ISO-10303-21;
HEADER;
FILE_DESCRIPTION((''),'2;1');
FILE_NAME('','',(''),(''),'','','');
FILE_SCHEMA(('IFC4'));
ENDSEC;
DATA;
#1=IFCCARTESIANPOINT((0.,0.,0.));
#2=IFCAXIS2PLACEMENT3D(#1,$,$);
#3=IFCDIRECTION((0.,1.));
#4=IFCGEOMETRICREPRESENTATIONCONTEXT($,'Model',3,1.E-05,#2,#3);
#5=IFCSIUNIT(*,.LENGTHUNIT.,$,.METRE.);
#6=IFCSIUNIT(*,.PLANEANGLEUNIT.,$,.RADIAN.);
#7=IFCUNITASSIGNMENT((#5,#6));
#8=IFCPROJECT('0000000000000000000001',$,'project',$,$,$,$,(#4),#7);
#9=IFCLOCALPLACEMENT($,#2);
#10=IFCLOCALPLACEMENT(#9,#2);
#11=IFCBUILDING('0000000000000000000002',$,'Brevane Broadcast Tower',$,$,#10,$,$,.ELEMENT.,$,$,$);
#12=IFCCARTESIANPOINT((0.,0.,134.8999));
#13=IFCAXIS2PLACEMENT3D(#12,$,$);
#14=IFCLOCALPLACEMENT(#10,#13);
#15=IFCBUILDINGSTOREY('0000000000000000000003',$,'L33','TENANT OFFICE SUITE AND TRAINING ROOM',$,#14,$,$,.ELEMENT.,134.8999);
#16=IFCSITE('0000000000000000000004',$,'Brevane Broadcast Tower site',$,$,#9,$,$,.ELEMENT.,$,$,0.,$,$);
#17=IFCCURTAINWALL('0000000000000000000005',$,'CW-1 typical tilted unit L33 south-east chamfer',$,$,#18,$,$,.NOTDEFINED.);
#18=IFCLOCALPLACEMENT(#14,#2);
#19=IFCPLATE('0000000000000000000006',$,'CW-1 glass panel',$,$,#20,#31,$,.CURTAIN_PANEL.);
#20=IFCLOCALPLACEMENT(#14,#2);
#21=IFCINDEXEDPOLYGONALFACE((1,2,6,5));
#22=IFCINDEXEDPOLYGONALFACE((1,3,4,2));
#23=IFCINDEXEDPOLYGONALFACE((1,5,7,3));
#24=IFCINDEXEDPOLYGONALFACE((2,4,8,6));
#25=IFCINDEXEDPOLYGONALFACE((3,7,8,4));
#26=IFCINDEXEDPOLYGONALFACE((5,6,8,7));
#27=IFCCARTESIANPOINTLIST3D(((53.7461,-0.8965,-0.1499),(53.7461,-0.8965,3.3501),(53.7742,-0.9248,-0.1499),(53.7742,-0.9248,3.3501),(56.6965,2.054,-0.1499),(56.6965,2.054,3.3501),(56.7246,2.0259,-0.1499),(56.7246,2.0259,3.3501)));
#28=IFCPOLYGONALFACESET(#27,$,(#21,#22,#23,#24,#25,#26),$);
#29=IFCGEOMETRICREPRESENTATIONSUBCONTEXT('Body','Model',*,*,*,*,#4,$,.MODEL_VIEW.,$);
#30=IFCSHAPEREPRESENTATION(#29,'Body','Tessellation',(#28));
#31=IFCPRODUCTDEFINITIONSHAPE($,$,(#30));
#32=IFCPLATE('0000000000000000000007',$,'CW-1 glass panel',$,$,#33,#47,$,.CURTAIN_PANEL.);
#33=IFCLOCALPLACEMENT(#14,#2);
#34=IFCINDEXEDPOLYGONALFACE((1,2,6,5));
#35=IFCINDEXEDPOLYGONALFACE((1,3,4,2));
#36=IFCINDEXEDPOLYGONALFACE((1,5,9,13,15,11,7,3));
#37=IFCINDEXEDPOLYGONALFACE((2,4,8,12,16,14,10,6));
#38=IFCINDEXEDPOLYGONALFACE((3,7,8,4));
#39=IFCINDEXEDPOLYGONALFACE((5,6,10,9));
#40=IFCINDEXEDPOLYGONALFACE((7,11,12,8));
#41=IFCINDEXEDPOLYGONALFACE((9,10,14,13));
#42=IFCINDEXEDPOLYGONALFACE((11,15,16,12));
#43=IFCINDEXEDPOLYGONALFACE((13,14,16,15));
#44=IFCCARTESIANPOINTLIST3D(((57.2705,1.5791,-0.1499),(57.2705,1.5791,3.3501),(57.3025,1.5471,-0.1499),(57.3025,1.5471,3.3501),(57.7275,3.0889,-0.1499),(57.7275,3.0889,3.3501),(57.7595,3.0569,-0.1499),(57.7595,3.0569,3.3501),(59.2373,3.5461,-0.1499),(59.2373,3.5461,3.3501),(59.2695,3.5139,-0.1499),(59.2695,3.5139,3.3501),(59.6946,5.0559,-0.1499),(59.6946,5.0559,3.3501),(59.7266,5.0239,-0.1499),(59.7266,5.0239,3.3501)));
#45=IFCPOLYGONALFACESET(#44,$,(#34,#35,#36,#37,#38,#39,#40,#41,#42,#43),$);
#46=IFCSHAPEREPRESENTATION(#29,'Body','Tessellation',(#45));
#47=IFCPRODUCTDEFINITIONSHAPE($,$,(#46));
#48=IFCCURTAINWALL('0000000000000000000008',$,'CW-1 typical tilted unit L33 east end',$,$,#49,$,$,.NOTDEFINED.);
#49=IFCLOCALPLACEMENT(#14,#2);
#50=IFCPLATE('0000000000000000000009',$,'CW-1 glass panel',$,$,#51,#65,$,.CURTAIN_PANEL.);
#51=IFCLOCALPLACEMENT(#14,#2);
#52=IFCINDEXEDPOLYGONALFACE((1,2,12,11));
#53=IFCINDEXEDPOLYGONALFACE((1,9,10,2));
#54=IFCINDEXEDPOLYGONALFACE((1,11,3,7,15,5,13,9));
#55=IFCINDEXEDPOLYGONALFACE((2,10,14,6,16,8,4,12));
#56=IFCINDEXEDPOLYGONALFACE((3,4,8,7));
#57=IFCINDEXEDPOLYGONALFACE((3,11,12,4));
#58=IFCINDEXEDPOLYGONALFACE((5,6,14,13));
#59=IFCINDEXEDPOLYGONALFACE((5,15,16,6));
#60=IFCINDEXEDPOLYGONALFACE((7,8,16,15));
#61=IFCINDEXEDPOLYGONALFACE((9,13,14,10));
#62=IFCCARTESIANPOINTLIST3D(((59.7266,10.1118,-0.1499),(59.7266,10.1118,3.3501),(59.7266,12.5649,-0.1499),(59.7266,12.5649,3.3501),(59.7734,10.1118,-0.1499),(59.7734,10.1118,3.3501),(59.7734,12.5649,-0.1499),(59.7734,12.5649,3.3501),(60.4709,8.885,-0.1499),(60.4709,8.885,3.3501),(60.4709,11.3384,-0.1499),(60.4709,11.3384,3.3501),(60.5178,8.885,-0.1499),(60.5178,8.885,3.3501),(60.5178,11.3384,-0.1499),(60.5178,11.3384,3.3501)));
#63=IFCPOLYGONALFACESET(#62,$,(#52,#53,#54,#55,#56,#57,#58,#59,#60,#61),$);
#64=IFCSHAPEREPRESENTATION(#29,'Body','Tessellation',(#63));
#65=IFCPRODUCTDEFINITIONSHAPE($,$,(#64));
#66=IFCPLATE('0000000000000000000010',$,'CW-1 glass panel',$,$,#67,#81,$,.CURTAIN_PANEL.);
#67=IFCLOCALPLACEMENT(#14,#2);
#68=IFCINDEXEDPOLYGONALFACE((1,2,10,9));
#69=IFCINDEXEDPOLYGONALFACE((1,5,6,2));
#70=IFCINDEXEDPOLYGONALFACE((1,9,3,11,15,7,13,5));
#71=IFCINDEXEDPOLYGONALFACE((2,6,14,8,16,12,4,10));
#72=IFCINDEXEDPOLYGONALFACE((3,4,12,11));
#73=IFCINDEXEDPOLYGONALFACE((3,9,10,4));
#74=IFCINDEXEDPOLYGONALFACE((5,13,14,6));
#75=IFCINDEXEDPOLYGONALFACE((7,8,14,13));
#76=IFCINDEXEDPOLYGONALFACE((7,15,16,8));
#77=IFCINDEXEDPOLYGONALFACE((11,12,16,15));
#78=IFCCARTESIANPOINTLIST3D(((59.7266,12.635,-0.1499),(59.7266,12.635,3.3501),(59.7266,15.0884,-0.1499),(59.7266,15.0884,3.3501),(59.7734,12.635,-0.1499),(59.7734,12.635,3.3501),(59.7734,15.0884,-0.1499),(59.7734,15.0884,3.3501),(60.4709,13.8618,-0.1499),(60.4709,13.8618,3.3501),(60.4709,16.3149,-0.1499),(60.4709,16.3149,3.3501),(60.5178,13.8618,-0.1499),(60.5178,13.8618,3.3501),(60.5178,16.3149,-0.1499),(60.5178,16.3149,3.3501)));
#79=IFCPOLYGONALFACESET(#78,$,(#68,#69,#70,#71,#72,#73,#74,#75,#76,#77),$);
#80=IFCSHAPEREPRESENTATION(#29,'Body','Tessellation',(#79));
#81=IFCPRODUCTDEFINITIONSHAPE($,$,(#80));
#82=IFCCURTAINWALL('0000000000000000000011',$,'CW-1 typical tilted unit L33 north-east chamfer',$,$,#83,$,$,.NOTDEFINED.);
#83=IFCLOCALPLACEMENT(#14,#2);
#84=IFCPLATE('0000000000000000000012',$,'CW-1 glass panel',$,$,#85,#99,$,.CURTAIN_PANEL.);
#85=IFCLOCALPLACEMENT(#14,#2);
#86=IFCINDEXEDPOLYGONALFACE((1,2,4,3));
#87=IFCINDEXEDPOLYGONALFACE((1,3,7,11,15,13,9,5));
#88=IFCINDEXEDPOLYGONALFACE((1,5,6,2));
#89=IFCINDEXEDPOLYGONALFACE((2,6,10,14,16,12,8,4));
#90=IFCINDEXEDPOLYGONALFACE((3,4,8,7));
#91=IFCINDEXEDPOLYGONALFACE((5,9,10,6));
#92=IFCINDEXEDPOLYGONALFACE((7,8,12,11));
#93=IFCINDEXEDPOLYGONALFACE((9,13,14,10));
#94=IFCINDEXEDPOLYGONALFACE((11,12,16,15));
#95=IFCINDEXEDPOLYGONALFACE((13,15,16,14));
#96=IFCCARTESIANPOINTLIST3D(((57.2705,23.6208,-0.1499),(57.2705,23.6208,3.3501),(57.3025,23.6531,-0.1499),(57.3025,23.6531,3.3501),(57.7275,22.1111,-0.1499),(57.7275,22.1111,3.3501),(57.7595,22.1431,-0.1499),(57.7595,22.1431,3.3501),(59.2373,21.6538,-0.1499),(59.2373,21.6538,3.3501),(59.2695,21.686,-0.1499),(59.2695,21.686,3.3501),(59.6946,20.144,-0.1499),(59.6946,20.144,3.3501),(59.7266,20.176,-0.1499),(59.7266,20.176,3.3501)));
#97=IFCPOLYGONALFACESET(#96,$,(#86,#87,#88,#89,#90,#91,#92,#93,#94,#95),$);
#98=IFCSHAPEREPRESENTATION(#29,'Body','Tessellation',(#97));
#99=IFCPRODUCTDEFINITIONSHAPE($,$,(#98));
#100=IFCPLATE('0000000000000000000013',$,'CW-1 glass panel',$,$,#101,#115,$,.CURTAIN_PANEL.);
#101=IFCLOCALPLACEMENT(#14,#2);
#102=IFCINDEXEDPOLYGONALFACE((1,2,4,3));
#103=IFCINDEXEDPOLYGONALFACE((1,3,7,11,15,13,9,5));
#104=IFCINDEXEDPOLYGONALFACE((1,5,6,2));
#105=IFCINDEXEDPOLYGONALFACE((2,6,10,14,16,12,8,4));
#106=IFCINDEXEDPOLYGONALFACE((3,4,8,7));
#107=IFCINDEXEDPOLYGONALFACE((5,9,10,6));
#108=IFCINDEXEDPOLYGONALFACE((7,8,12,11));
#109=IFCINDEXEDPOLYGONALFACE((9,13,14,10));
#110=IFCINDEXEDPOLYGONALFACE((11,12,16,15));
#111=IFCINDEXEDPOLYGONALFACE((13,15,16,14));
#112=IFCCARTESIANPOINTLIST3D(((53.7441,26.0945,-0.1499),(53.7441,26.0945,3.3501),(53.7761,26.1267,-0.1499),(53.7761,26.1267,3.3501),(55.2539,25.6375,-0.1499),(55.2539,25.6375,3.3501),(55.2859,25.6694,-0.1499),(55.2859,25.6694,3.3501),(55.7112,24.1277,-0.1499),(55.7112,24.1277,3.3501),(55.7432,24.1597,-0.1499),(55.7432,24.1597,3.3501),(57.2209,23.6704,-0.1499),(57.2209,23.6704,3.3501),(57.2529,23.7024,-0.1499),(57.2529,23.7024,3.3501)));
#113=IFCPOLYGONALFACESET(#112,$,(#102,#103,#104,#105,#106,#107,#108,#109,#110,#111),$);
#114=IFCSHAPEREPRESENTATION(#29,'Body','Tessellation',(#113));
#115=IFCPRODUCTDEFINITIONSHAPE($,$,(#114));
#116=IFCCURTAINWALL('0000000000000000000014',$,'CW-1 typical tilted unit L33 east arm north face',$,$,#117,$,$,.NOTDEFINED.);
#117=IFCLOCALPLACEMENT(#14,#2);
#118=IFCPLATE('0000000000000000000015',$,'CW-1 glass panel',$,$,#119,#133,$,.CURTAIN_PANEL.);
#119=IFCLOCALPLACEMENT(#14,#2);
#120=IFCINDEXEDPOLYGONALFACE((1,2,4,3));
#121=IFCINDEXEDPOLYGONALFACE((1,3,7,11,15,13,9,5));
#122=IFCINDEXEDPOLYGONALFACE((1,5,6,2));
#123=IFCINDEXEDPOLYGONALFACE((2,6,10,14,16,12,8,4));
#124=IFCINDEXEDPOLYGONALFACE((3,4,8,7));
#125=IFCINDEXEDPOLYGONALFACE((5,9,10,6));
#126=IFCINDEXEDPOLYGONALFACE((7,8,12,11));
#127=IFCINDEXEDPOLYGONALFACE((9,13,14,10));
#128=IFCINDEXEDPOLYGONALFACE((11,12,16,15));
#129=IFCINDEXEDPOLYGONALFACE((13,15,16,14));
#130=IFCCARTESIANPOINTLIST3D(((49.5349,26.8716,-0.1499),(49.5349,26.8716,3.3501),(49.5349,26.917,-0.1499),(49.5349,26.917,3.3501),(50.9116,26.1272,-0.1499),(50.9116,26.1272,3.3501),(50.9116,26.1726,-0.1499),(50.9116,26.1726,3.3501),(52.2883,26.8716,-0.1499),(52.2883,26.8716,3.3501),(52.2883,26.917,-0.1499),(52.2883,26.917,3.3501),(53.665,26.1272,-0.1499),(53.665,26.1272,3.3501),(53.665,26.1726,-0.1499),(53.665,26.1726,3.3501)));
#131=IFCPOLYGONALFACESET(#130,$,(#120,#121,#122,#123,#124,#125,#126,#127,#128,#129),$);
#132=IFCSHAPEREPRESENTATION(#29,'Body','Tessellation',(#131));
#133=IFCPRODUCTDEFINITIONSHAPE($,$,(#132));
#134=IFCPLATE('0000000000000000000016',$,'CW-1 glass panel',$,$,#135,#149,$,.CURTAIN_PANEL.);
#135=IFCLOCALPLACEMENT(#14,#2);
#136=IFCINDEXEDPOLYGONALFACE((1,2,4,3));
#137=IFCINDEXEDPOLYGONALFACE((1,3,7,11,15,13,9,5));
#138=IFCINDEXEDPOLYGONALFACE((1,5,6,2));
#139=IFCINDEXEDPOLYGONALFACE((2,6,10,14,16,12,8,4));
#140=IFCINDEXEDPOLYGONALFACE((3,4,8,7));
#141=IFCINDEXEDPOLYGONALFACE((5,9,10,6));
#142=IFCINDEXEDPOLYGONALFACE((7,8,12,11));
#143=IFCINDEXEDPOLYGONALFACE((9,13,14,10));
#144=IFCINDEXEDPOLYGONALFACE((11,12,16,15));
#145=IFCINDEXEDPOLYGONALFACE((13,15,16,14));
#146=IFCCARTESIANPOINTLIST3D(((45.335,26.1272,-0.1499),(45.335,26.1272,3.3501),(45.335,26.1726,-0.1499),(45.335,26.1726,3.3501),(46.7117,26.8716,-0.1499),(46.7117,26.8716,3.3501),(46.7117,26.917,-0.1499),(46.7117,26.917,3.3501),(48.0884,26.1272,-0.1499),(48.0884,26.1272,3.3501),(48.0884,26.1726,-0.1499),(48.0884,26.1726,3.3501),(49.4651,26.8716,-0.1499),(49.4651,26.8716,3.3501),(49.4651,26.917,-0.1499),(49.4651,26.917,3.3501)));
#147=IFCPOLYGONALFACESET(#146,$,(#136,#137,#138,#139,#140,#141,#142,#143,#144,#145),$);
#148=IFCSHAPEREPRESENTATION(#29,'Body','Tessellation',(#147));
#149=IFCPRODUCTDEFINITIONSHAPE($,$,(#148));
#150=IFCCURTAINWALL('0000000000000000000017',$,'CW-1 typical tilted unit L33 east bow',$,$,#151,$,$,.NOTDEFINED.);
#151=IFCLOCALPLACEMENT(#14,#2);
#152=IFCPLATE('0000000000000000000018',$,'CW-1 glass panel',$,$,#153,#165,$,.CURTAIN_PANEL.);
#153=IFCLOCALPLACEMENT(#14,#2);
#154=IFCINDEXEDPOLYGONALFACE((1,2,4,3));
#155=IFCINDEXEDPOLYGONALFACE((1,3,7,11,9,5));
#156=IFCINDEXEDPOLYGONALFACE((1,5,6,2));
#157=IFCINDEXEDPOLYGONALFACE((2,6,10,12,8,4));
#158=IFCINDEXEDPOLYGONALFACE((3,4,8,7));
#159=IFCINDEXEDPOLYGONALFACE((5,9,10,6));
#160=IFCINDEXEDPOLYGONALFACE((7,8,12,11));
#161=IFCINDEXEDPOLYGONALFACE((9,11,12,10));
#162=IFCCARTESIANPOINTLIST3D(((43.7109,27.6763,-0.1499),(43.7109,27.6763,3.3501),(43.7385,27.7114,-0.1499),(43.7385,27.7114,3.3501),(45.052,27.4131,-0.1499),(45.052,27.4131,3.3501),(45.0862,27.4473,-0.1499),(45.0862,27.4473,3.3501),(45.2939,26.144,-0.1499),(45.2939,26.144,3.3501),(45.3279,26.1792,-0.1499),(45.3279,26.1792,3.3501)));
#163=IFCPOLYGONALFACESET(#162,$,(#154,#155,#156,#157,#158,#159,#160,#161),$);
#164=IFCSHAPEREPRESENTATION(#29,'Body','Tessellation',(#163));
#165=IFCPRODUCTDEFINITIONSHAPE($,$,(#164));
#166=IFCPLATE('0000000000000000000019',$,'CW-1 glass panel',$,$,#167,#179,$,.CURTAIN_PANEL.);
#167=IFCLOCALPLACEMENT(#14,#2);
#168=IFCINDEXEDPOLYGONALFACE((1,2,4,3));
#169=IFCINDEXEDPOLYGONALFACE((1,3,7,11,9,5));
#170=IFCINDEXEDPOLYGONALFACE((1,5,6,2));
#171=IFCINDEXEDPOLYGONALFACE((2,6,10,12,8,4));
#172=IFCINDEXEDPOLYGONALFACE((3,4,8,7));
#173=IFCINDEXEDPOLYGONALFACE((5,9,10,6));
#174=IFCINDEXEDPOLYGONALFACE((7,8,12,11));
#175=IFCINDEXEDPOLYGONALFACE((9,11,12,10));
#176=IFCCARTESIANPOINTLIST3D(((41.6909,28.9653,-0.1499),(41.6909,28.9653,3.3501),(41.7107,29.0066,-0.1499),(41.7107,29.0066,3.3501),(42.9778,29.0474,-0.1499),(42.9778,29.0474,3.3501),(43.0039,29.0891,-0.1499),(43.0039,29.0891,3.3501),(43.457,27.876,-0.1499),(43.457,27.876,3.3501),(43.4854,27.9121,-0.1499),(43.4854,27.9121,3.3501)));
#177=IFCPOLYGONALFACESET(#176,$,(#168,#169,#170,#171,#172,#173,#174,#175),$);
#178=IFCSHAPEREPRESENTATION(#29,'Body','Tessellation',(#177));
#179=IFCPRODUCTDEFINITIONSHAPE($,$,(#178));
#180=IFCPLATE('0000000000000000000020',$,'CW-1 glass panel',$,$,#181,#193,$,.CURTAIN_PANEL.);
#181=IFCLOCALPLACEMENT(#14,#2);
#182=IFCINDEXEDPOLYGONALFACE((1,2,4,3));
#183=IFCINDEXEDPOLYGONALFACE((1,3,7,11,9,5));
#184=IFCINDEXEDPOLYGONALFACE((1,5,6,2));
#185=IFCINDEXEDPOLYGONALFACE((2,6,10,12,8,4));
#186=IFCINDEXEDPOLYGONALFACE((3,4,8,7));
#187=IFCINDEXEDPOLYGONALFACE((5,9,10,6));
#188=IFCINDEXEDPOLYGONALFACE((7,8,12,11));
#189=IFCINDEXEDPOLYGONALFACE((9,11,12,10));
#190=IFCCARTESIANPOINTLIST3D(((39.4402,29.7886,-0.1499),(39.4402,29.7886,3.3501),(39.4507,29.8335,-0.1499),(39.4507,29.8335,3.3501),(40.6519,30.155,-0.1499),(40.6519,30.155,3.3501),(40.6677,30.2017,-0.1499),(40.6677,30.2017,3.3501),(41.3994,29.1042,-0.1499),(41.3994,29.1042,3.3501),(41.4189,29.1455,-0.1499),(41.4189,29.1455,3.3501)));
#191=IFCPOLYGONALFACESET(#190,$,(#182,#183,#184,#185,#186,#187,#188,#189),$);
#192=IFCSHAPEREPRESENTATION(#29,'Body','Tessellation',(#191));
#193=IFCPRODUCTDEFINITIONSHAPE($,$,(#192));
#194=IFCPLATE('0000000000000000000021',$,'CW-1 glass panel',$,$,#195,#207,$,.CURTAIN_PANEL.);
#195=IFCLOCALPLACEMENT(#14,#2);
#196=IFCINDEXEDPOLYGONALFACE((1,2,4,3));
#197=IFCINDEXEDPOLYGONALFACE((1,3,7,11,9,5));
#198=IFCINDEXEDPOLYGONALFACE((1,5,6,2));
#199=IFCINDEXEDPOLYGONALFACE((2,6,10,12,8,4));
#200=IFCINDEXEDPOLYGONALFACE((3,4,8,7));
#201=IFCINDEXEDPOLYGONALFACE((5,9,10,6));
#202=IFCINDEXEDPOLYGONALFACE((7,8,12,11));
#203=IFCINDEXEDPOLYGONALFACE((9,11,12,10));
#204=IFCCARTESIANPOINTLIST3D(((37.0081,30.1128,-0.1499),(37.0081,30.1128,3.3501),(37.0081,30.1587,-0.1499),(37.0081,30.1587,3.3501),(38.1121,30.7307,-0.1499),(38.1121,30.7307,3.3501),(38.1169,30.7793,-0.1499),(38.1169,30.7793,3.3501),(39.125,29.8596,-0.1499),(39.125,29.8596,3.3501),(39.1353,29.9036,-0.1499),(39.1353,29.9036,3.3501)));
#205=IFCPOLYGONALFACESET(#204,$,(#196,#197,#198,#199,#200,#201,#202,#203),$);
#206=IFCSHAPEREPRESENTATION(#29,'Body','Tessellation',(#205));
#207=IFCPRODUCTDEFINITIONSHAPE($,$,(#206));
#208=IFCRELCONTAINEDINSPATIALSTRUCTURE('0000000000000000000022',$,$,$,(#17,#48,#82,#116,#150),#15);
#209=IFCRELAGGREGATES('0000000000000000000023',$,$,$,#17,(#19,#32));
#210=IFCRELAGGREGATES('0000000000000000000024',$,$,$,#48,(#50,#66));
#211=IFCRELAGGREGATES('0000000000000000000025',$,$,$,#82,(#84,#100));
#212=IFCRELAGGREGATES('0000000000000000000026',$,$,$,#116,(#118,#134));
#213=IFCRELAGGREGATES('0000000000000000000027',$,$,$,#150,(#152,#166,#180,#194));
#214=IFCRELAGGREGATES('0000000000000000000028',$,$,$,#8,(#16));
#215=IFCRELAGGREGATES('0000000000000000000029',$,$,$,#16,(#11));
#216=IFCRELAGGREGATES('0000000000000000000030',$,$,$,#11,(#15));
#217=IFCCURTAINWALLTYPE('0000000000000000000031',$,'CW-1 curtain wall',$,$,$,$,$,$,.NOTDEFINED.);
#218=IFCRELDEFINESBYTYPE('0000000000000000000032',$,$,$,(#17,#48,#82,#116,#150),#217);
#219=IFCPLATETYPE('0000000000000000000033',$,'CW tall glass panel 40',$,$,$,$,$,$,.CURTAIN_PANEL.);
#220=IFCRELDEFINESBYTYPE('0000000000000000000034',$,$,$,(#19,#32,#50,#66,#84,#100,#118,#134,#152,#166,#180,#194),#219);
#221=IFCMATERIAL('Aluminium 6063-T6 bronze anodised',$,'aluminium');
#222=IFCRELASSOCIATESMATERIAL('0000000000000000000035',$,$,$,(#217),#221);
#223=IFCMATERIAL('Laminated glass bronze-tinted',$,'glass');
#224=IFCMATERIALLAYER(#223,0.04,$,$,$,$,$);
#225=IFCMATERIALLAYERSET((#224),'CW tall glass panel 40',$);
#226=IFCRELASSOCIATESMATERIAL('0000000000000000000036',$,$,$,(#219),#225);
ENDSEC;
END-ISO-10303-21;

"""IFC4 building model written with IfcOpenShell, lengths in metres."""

from ifc_helpers import new_model, si_unit, direction, frame, origin, place, context, subcontext, project, spatial, polyline, outline, extrude, material, layer, layer_set, type_object, element, aggregate, save


model = new_model("IFC4")

# Units and contexts
model_context = context("Model", 3, precision=1e-05, world=origin(), true_north=direction((0.0, 1.0)))
body_context = subcontext(model_context, "Body", "Model", "MODEL_VIEW")
ifc_project = project(units=[si_unit("LENGTHUNIT", "METRE"), si_unit("PLANEANGLEUNIT", "RADIAN")], contexts=[model_context])

# Site, building, storey
site_placement = place(None, origin())
site = spatial("IfcSite", under=ifc_project, at=site_placement, Name="Brevane Broadcast Tower site", CompositionType="ELEMENT", RefElevation=0.0)
building_placement = place(site_placement, origin())
building = spatial("IfcBuilding", under=site, at=building_placement, Name="Brevane Broadcast Tower", CompositionType="ELEMENT")
storey_placement = place(building_placement, frame((0.0, 0.0, 134.8999)))
storey = spatial("IfcBuildingStorey", under=building, at=storey_placement, Name="L33", Description="TENANT OFFICE SUITE AND TRAINING ROOM", CompositionType="ELEMENT", Elevation=134.8999)

# Curtain walls, plates
ifc_material_1 = material(Name="Aluminium 6063-T6 bronze anodised", Category="aluminium")
curtain_wall_type = type_object("IfcCurtainWallType", Name="CW-1 curtain wall", PredefinedType="NOTDEFINED", material=ifc_material_1)
ifc_material_2 = material(Name="Laminated glass bronze-tinted", Category="glass")
ifc_layer = layer(ifc_material_2, 0.04)
ifc_layer_set = layer_set([ifc_layer], Name="CW tall glass panel 40")
plate_type = type_object("IfcPlateType", Name="CW tall glass panel 40", PredefinedType="CURTAIN_PANEL", material=ifc_layer_set)
curtain_wall_1_placement = place(storey_placement, origin())
curtain_wall_1 = element("IfcCurtainWall", 1, at=curtain_wall_1_placement, inside=storey, type_object=curtain_wall_type, Name="CW-1 typical tilted unit L33 south-east chamfer", PredefinedType="NOTDEFINED")
plate_1_placement = place(storey_placement, frame((0.0, 0.0, -0.1499)))
plate_1 = element("IfcPlate", 2, at=plate_1_placement, type_object=plate_type, Name="CW-1 glass panel", PredefinedType="CURTAIN_PANEL", context=body_context, shape_type="SweptSolid", body=[
    extrude(outline(polyline([(53.7461, -0.8965), (56.6965, 2.054), (56.7246, 2.0259), (53.7742, -0.9248), (53.7461, -0.8965)])), origin(), (0.0, 0.0, 1.0), 3.5),
])
plate_2_placement = place(storey_placement, frame((0.0, 0.0, -0.1499)))
plate_2 = element("IfcPlate", 3, at=plate_2_placement, type_object=plate_type, Name="CW-1 glass panel", PredefinedType="CURTAIN_PANEL", context=body_context, shape_type="SweptSolid", body=[
    extrude(outline(polyline([(57.2705, 1.5791), (57.3025, 1.5471), (57.7595, 3.0569), (59.2695, 3.5139), (59.7266, 5.0239), (59.6946, 5.0559), (59.2373, 3.5461), (57.7275, 3.0889), (57.2705, 1.5791)])), origin(), (0.0, 0.0, 1.0), 3.5),
])
aggregate(curtain_wall_1, [plate_1, plate_2])
curtain_wall_2_placement = place(storey_placement, origin())
curtain_wall_2 = element("IfcCurtainWall", 4, at=curtain_wall_2_placement, inside=storey, type_object=curtain_wall_type, Name="CW-1 typical tilted unit L33 east end", PredefinedType="NOTDEFINED")
plate_3_placement = place(storey_placement, frame((0.0, 0.0, -0.1499)))
plate_3 = element("IfcPlate", 5, at=plate_3_placement, type_object=plate_type, Name="CW-1 glass panel", PredefinedType="CURTAIN_PANEL", context=body_context, shape_type="SweptSolid", body=[
    extrude(outline(polyline([(60.4709, 8.885), (60.5178, 8.885), (59.7734, 10.1118), (60.5178, 11.3384), (59.7734, 12.5649), (59.7266, 12.5649), (60.4709, 11.3384), (59.7266, 10.1118), (60.4709, 8.885)])), origin(), (0.0, 0.0, 1.0), 3.5),
])
plate_4_placement = place(storey_placement, frame((0.0, 0.0, -0.1499)))
plate_4 = element("IfcPlate", 6, at=plate_4_placement, type_object=plate_type, Name="CW-1 glass panel", PredefinedType="CURTAIN_PANEL", context=body_context, shape_type="SweptSolid", body=[
    extrude(outline(polyline([(59.7266, 12.635), (59.7734, 12.635), (60.5178, 13.8618), (59.7734, 15.0884), (60.5178, 16.3149), (60.4709, 16.3149), (59.7266, 15.0884), (60.4709, 13.8618), (59.7266, 12.635)])), origin(), (0.0, 0.0, 1.0), 3.5),
])
aggregate(curtain_wall_2, [plate_3, plate_4])
curtain_wall_3_placement = place(storey_placement, origin())
curtain_wall_3 = element("IfcCurtainWall", 7, at=curtain_wall_3_placement, inside=storey, type_object=curtain_wall_type, Name="CW-1 typical tilted unit L33 north-east chamfer", PredefinedType="NOTDEFINED")
plate_5_placement = place(storey_placement, frame((0.0, 0.0, -0.1499)))
plate_5 = element("IfcPlate", 8, at=plate_5_placement, type_object=plate_type, Name="CW-1 glass panel", PredefinedType="CURTAIN_PANEL", context=body_context, shape_type="SweptSolid", body=[
    extrude(outline(polyline([(59.6946, 20.144), (59.7266, 20.176), (59.2695, 21.686), (57.7595, 22.1431), (57.3025, 23.6531), (57.2705, 23.6208), (57.7275, 22.1111), (59.2373, 21.6538), (59.6946, 20.144)])), origin(), (0.0, 0.0, 1.0), 3.5),
])
plate_6_placement = place(storey_placement, frame((0.0, 0.0, -0.1499)))
plate_6 = element("IfcPlate", 9, at=plate_6_placement, type_object=plate_type, Name="CW-1 glass panel", PredefinedType="CURTAIN_PANEL", context=body_context, shape_type="SweptSolid", body=[
    extrude(outline(polyline([(57.2209, 23.6704), (57.2529, 23.7024), (55.7432, 24.1597), (55.2859, 25.6694), (53.7761, 26.1267), (53.7441, 26.0945), (55.2539, 25.6375), (55.7112, 24.1277), (57.2209, 23.6704)])), origin(), (0.0, 0.0, 1.0), 3.5),
])
aggregate(curtain_wall_3, [plate_5, plate_6])
curtain_wall_4_placement = place(storey_placement, origin())
curtain_wall_4 = element("IfcCurtainWall", 10, at=curtain_wall_4_placement, inside=storey, type_object=curtain_wall_type, Name="CW-1 typical tilted unit L33 east arm north face", PredefinedType="NOTDEFINED")
plate_7_placement = place(storey_placement, frame((0.0, 0.0, -0.1499)))
plate_7 = element("IfcPlate", 11, at=plate_7_placement, type_object=plate_type, Name="CW-1 glass panel", PredefinedType="CURTAIN_PANEL", context=body_context, shape_type="SweptSolid", body=[
    extrude(outline(polyline([(53.665, 26.1272), (53.665, 26.1726), (52.2883, 26.917), (50.9116, 26.1726), (49.5349, 26.917), (49.5349, 26.8716), (50.9116, 26.1272), (52.2883, 26.8716), (53.665, 26.1272)])), origin(), (0.0, 0.0, 1.0), 3.5),
])
plate_8_placement = place(storey_placement, frame((0.0, 0.0, -0.1499)))
plate_8 = element("IfcPlate", 12, at=plate_8_placement, type_object=plate_type, Name="CW-1 glass panel", PredefinedType="CURTAIN_PANEL", context=body_context, shape_type="SweptSolid", body=[
    extrude(outline(polyline([(49.4651, 26.8716), (49.4651, 26.917), (48.0884, 26.1726), (46.7117, 26.917), (45.335, 26.1726), (45.335, 26.1272), (46.7117, 26.8716), (48.0884, 26.1272), (49.4651, 26.8716)])), origin(), (0.0, 0.0, 1.0), 3.5),
])
aggregate(curtain_wall_4, [plate_7, plate_8])
curtain_wall_5_placement = place(storey_placement, origin())
curtain_wall_5 = element("IfcCurtainWall", 13, at=curtain_wall_5_placement, inside=storey, type_object=curtain_wall_type, Name="CW-1 typical tilted unit L33 east bow", PredefinedType="NOTDEFINED")
plate_9_placement = place(storey_placement, frame((0.0, 0.0, -0.1499)))
plate_9 = element("IfcPlate", 14, at=plate_9_placement, type_object=plate_type, Name="CW-1 glass panel", PredefinedType="CURTAIN_PANEL", context=body_context, shape_type="SweptSolid", body=[
    extrude(outline(polyline([(45.2939, 26.144), (45.3279, 26.1792), (45.0862, 27.4473), (43.7385, 27.7114), (43.7109, 27.6763), (45.052, 27.4131), (45.2939, 26.144)])), origin(), (0.0, 0.0, 1.0), 3.5),
])
plate_10_placement = place(storey_placement, frame((0.0, 0.0, -0.1499)))
plate_10 = element("IfcPlate", 15, at=plate_10_placement, type_object=plate_type, Name="CW-1 glass panel", PredefinedType="CURTAIN_PANEL", context=body_context, shape_type="SweptSolid", body=[
    extrude(outline(polyline([(43.457, 27.876), (43.4854, 27.9121), (43.0039, 29.0891), (41.7107, 29.0066), (41.6909, 28.9653), (42.9778, 29.0474), (43.457, 27.876)])), origin(), (0.0, 0.0, 1.0), 3.5),
])
plate_11_placement = place(storey_placement, frame((0.0, 0.0, -0.1499)))
plate_11 = element("IfcPlate", 16, at=plate_11_placement, type_object=plate_type, Name="CW-1 glass panel", PredefinedType="CURTAIN_PANEL", context=body_context, shape_type="SweptSolid", body=[
    extrude(outline(polyline([(41.3994, 29.1042), (41.4189, 29.1455), (40.6677, 30.2017), (39.4507, 29.8335), (39.4402, 29.7886), (40.6519, 30.155), (41.3994, 29.1042)])), origin(), (0.0, 0.0, 1.0), 3.5),
])
plate_12_placement = place(storey_placement, frame((0.0, 0.0, -0.1499)))
plate_12 = element("IfcPlate", 17, at=plate_12_placement, type_object=plate_type, Name="CW-1 glass panel", PredefinedType="CURTAIN_PANEL", context=body_context, shape_type="SweptSolid", body=[
    extrude(outline(polyline([(39.125, 29.8596), (39.1353, 29.9036), (38.1169, 30.7793), (37.0081, 30.1587), (37.0081, 30.1128), (38.1121, 30.7307), (39.125, 29.8596)])), origin(), (0.0, 0.0, 1.0), 3.5),
])
aggregate(curtain_wall_5, [plate_9, plate_10, plate_11, plate_12])

save(model, "model.ifc")
